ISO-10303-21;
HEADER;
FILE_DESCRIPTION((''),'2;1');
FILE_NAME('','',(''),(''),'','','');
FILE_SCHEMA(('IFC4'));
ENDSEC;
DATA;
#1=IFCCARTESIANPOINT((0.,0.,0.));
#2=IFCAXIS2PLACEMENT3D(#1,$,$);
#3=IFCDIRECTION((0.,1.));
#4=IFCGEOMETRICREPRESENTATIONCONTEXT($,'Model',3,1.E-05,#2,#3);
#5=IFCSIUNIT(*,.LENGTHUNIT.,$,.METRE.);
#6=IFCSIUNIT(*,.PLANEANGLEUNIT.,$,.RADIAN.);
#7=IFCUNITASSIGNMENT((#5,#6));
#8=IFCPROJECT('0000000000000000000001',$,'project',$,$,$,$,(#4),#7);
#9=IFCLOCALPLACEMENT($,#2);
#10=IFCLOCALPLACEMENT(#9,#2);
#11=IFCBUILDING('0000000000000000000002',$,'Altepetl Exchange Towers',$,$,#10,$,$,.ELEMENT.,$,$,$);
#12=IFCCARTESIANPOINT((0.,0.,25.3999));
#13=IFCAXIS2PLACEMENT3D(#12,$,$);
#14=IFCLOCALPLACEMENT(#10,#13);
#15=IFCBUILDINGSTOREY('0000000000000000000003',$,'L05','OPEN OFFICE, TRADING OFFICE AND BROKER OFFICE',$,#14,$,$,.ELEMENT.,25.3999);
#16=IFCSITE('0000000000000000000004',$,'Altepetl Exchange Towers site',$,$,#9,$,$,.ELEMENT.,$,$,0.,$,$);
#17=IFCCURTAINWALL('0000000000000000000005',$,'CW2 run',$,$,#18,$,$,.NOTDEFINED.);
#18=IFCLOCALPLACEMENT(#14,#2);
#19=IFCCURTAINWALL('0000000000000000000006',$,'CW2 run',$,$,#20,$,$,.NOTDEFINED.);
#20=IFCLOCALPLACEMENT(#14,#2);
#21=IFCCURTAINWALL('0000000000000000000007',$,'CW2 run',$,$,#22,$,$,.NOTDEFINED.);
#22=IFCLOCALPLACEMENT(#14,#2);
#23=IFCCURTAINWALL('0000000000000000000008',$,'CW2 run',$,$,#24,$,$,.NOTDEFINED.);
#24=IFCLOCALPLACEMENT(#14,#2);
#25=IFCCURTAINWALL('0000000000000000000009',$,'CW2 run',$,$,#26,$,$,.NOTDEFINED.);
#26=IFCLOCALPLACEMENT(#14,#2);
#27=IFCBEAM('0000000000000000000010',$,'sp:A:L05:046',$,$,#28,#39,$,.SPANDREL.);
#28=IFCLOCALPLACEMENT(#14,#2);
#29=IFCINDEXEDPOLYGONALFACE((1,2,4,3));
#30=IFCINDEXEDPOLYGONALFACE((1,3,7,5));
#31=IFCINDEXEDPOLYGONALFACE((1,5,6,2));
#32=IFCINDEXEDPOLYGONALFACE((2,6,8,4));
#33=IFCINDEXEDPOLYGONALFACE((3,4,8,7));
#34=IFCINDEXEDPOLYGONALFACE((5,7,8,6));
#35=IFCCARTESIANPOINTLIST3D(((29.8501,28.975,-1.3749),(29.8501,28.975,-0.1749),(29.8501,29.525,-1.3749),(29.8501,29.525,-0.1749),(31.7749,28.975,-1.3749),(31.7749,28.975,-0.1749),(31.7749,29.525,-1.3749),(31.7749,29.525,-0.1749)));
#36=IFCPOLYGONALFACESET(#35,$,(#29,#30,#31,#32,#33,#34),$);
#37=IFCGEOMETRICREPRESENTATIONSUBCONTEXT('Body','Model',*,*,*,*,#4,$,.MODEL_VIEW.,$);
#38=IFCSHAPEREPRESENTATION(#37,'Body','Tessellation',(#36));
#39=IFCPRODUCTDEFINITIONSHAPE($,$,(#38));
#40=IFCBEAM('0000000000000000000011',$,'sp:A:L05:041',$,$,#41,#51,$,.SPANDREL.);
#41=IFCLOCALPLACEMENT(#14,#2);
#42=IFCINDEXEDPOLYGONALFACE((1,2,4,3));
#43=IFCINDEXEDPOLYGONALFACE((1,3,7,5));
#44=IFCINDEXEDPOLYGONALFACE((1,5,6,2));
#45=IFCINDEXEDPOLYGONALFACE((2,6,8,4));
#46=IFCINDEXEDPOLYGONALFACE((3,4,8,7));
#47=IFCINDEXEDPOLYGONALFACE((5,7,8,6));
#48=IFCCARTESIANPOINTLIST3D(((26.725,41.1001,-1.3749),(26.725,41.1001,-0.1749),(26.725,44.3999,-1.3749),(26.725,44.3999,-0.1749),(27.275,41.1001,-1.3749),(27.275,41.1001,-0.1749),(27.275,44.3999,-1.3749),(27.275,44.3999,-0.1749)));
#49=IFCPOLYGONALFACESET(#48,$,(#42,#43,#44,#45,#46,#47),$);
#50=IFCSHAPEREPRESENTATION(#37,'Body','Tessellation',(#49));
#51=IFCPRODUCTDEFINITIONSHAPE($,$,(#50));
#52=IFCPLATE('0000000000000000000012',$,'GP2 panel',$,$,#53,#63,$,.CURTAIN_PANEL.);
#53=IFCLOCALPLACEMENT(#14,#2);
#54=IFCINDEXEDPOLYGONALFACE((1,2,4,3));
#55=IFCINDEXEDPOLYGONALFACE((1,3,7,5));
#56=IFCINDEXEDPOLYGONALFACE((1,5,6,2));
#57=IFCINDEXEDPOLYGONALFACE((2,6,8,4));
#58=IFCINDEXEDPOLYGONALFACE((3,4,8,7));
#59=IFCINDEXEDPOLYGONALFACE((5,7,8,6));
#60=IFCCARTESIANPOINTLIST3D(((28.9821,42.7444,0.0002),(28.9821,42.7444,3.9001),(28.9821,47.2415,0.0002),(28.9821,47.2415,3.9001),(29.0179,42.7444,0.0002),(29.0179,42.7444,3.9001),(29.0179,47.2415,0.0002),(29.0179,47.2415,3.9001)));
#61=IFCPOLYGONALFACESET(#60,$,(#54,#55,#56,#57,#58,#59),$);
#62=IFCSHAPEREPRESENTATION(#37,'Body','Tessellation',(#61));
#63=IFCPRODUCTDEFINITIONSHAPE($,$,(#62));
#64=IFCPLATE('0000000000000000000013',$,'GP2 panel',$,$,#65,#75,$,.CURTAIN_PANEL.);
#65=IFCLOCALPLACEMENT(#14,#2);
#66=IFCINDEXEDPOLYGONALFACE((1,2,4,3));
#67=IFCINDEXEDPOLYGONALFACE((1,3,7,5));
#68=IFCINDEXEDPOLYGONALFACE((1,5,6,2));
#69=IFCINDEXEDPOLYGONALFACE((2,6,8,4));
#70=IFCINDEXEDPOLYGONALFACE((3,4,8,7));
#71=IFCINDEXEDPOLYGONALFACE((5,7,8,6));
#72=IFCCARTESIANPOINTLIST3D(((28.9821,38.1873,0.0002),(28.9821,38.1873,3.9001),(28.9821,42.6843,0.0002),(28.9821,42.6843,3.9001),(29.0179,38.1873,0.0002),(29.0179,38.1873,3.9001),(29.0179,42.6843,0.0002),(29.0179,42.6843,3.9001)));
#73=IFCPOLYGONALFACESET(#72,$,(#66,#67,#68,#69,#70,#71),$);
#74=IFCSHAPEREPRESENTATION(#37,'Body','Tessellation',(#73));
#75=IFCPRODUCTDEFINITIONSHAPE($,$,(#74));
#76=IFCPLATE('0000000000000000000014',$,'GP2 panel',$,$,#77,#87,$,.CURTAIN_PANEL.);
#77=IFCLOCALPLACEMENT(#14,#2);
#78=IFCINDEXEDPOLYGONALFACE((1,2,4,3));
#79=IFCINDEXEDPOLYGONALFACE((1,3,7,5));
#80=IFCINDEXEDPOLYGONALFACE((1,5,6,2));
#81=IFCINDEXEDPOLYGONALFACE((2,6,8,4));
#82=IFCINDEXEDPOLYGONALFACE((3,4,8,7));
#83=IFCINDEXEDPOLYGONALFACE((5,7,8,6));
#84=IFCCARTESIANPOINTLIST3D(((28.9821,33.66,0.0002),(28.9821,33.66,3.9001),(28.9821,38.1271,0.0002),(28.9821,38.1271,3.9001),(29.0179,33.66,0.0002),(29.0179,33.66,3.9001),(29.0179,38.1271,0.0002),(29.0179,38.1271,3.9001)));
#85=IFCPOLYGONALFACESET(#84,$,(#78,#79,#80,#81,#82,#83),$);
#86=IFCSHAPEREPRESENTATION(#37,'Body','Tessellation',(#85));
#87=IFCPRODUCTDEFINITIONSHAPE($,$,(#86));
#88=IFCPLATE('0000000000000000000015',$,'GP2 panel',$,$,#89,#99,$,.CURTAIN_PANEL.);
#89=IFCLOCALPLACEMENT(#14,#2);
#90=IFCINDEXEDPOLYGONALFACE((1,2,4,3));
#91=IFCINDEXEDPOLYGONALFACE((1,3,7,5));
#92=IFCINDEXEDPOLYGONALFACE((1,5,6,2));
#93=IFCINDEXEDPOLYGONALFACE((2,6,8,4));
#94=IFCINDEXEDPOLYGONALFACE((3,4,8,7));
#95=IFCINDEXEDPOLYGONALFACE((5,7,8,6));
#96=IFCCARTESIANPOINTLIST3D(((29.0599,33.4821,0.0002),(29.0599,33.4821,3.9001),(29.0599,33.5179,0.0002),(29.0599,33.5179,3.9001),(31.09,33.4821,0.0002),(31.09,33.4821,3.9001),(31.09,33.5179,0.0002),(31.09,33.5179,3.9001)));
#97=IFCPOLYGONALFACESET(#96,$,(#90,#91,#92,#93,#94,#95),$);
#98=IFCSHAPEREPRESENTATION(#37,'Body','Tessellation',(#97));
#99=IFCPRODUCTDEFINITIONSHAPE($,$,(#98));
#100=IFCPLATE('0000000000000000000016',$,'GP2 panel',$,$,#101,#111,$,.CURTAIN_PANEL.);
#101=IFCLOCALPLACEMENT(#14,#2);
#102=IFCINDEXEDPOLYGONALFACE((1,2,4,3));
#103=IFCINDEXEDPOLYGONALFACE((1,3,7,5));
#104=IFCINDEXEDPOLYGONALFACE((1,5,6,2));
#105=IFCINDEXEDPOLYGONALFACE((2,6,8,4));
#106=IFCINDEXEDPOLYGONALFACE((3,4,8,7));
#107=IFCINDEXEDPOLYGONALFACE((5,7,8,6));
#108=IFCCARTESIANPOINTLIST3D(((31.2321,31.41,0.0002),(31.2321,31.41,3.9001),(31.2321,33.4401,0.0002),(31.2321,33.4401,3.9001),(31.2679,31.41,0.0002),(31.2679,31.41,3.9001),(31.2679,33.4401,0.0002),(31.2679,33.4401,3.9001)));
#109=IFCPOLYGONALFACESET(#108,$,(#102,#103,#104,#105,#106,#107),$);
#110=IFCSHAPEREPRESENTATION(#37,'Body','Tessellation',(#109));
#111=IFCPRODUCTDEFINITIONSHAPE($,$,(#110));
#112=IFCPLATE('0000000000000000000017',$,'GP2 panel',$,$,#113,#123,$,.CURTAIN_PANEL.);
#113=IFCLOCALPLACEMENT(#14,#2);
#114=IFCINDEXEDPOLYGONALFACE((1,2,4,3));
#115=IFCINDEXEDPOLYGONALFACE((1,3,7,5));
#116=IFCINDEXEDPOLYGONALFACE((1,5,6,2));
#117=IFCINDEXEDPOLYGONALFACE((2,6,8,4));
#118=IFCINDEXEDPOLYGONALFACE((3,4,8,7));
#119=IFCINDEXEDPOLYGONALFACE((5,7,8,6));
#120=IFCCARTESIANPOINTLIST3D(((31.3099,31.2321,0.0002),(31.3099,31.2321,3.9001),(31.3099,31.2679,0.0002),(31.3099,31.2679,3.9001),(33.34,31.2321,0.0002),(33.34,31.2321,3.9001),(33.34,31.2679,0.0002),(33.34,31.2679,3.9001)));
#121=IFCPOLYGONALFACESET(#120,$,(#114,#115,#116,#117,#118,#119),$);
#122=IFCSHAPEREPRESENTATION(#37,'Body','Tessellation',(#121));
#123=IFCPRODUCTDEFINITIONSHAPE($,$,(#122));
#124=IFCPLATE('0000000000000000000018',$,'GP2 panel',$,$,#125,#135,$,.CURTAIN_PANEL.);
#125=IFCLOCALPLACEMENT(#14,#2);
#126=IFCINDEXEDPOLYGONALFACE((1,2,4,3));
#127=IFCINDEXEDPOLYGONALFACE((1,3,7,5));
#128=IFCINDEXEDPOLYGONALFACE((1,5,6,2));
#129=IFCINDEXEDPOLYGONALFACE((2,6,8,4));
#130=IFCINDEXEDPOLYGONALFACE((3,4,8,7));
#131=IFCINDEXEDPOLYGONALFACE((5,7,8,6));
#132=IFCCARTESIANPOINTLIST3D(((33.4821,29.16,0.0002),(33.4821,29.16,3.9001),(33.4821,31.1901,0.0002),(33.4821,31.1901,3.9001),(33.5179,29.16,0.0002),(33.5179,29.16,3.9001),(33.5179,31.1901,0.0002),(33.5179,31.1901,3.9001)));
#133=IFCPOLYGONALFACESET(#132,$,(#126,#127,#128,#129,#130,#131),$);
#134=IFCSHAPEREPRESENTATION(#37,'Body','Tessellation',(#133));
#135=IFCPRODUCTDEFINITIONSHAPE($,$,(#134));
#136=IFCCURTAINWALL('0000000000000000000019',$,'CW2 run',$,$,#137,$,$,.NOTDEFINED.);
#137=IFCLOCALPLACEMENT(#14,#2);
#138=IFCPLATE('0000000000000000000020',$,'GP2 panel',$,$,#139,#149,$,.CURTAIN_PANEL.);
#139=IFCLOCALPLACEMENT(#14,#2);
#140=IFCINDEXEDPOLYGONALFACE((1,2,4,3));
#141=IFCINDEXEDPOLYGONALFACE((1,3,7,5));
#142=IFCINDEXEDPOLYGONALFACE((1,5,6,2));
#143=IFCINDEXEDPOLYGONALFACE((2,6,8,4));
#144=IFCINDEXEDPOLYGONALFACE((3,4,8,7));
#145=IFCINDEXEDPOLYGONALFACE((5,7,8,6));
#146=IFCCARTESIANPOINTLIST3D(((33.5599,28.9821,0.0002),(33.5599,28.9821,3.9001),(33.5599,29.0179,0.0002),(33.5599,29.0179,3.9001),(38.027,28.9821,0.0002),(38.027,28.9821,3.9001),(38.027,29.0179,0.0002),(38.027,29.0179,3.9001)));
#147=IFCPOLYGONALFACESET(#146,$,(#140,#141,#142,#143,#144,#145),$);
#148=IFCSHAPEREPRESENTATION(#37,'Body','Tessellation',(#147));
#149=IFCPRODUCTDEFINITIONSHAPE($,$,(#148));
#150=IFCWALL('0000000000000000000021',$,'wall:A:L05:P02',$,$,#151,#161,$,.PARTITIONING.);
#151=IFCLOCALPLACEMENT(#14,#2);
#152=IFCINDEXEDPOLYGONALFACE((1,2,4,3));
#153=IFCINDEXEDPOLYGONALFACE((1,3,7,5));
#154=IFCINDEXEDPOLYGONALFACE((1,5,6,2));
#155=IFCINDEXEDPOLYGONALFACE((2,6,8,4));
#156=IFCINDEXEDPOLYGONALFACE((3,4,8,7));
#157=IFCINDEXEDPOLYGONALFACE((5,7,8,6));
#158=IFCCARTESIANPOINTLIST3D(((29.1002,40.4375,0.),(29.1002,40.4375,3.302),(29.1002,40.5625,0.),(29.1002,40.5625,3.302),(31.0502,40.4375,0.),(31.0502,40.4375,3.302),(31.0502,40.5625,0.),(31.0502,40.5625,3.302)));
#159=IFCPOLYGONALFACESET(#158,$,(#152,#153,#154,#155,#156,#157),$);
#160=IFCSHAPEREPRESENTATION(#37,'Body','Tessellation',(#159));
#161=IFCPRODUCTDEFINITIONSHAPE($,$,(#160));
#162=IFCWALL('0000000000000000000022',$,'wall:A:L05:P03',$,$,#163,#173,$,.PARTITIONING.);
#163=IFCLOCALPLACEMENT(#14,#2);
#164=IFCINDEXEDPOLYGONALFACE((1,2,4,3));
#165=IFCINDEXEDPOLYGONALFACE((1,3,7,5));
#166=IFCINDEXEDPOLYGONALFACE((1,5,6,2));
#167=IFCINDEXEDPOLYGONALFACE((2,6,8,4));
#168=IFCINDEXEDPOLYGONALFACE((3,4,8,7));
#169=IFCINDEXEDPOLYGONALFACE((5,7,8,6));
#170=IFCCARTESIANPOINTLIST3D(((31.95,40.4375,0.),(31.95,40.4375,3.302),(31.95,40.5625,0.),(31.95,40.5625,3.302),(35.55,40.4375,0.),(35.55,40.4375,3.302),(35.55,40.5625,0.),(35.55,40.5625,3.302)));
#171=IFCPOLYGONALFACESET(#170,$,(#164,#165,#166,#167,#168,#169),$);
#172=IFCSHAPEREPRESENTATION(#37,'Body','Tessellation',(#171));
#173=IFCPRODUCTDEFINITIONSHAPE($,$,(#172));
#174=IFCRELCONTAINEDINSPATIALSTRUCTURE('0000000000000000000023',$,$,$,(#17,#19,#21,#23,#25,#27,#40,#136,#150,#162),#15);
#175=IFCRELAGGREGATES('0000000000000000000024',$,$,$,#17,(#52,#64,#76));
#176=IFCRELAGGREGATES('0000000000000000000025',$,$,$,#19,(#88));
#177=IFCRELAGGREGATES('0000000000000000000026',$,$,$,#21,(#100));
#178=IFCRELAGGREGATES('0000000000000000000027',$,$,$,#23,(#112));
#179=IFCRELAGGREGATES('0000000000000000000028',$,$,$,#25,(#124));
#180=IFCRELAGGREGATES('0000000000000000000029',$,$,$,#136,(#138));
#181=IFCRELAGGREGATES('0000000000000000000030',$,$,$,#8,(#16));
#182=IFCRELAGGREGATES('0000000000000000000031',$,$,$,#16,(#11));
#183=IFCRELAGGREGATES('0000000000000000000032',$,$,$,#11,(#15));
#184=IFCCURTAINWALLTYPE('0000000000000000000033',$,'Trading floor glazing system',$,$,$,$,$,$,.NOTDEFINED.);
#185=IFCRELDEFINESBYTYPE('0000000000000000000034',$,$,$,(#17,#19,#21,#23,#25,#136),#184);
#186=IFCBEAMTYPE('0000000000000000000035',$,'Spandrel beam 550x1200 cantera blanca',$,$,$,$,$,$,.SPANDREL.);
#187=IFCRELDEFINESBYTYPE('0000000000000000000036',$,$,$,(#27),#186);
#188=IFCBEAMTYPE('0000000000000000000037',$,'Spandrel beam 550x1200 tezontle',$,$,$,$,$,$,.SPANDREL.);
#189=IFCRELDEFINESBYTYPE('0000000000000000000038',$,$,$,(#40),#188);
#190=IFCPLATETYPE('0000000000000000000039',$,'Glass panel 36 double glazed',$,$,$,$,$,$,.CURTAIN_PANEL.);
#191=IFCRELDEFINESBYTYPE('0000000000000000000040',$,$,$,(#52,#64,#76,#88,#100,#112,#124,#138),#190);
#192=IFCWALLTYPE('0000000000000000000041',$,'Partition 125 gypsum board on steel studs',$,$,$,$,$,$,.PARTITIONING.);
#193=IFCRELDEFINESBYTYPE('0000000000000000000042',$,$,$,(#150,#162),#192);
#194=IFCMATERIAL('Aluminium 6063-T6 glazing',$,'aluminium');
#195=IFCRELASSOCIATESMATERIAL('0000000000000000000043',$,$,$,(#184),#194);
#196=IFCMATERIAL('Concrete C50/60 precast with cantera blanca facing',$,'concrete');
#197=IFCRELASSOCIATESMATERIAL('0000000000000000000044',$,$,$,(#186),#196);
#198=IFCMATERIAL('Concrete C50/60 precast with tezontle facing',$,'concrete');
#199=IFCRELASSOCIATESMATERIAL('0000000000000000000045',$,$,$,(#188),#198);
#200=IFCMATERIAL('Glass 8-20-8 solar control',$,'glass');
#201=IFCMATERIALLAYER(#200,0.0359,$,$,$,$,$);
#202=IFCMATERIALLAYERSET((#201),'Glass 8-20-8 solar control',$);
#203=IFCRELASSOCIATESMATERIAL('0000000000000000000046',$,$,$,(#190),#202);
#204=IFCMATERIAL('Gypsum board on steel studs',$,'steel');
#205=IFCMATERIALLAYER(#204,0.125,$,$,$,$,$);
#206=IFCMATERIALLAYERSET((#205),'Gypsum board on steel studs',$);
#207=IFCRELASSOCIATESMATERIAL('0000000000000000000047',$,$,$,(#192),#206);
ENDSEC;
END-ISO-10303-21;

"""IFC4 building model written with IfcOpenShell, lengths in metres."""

from ifc_helpers import new_model, si_unit, direction, frame, frame_2d, origin, origin_2d, place, context, subcontext, project, spatial, rectangle, extrude, material, layer, layer_set, material_profile, profile_set, type_object, element, aggregate, save


model = new_model("IFC4")

# Units and contexts
model_context = context("Model", 3, precision=1e-05, world=origin(), true_north=direction((0.0, 1.0)))
body_context = subcontext(model_context, "Body", "Model", "MODEL_VIEW")
ifc_project = project(units=[si_unit("LENGTHUNIT", "METRE"), si_unit("PLANEANGLEUNIT", "RADIAN")], contexts=[model_context])

# Site, building, storey
site_placement = place(None, origin())
site = spatial("IfcSite", under=ifc_project, at=site_placement, Name="Altepetl Exchange Towers site", CompositionType="ELEMENT", RefElevation=0.0)
building_placement = place(site_placement, origin())
building = spatial("IfcBuilding", under=site, at=building_placement, Name="Altepetl Exchange Towers", CompositionType="ELEMENT")
storey_placement = place(building_placement, frame((0.0, 0.0, 25.3999)))
storey = spatial("IfcBuildingStorey", under=building, at=storey_placement, Name="L05", Description="OPEN OFFICE, TRADING OFFICE AND BROKER OFFICE", CompositionType="ELEMENT", Elevation=25.3999)

# Curtain walls
ifc_material_1 = material(Name="Aluminium 6063-T6 glazing", Category="aluminium")
curtain_wall_type = type_object("IfcCurtainWallType", Name="Trading floor glazing system", PredefinedType="NOTDEFINED", material=ifc_material_1)
curtain_wall_1_placement = place(storey_placement, origin())
curtain_wall_1 = element("IfcCurtainWall", 1, at=curtain_wall_1_placement, inside=storey, type_object=curtain_wall_type, Name="CW2 run", PredefinedType="NOTDEFINED")
curtain_wall_2_placement = place(storey_placement, origin())
curtain_wall_2 = element("IfcCurtainWall", 2, at=curtain_wall_2_placement, inside=storey, type_object=curtain_wall_type, Name="CW2 run", PredefinedType="NOTDEFINED")
curtain_wall_3_placement = place(storey_placement, origin())
curtain_wall_3 = element("IfcCurtainWall", 3, at=curtain_wall_3_placement, inside=storey, type_object=curtain_wall_type, Name="CW2 run", PredefinedType="NOTDEFINED")
curtain_wall_4_placement = place(storey_placement, origin())
curtain_wall_4 = element("IfcCurtainWall", 4, at=curtain_wall_4_placement, inside=storey, type_object=curtain_wall_type, Name="CW2 run", PredefinedType="NOTDEFINED")
curtain_wall_5_placement = place(storey_placement, origin())
curtain_wall_5 = element("IfcCurtainWall", 5, at=curtain_wall_5_placement, inside=storey, type_object=curtain_wall_type, Name="CW2 run", PredefinedType="NOTDEFINED")

# Beams
ifc_material_2 = material(Name="Concrete C50/60 precast with cantera blanca facing", Category="concrete")
ifc_material_profile_1 = material_profile(ifc_material_2, rectangle(XDim=0.55, YDim=1.2, at=origin_2d()), Name="550 x 1200")
ifc_profile_set_1 = profile_set([ifc_material_profile_1], Name="Concrete C50/60 precast with cantera blanca facing")
beam_type_1 = type_object("IfcBeamType", Name="Spandrel beam 550x1200 cantera blanca", PredefinedType="SPANDREL", material=ifc_profile_set_1)
beam_1_placement = place(storey_placement, frame((29.8501, 29.25, -0.7749), z_axis=(1.0, 0.0, 0.0), x_axis=(0.0, 1.0, 0.0)))
element("IfcBeam", 6, at=beam_1_placement, inside=storey, type_object=beam_type_1, Name="sp:A:L05:046", PredefinedType="SPANDREL", context=body_context, shape_type="SweptSolid", body=[
    extrude(rectangle(XDim=0.55, YDim=1.2, at=origin_2d()), origin(), (0.0, 0.0, 1.0), 1.9248),
])
ifc_material_3 = material(Name="Concrete C50/60 precast with tezontle facing", Category="concrete")
ifc_material_profile_2 = material_profile(ifc_material_3, rectangle(XDim=0.55, YDim=1.2, at=origin_2d()), Name="550 x 1200")
ifc_profile_set_2 = profile_set([ifc_material_profile_2], Name="Concrete C50/60 precast with tezontle facing")
beam_type_2 = type_object("IfcBeamType", Name="Spandrel beam 550x1200 tezontle", PredefinedType="SPANDREL", material=ifc_profile_set_2)
beam_2_placement = place(storey_placement, frame((27.0, 44.3999, -0.7749), z_axis=(0.0, -1.0, 0.0), x_axis=(1.0, 0.0, 0.0)))
element("IfcBeam", 7, at=beam_2_placement, inside=storey, type_object=beam_type_2, Name="sp:A:L05:041", PredefinedType="SPANDREL", context=body_context, shape_type="SweptSolid", body=[
    extrude(rectangle(XDim=0.55, YDim=1.2, at=origin_2d()), origin(), (0.0, 0.0, 1.0), 3.2998),
])

# Plates
ifc_material_4 = material(Name="Glass 8-20-8 solar control", Category="glass")
ifc_layer_1 = layer(ifc_material_4, 0.0359)
ifc_layer_set_1 = layer_set([ifc_layer_1], Name="Glass 8-20-8 solar control")
plate_type = type_object("IfcPlateType", Name="Glass panel 36 double glazed", PredefinedType="CURTAIN_PANEL", material=ifc_layer_set_1)
plate_1_placement = place(storey_placement, frame((29.0, 44.9929, 0.0002), z_axis=(0.0, 0.0, 1.0), x_axis=(0.0, -1.0, 0.0)))
plate_1 = element("IfcPlate", 8, at=plate_1_placement, type_object=plate_type, Name="GP2 panel", PredefinedType="CURTAIN_PANEL", context=body_context, shape_type="SweptSolid", body=[
    extrude(rectangle(XDim=4.4971, YDim=0.0359, at=origin_2d()), origin(), (0.0, 0.0, 1.0), 3.8999),
])
plate_2_placement = place(storey_placement, frame((29.0, 40.4358, 0.0002), z_axis=(0.0, 0.0, 1.0), x_axis=(0.0, -1.0, 0.0)))
plate_2 = element("IfcPlate", 9, at=plate_2_placement, type_object=plate_type, Name="GP2 panel", PredefinedType="CURTAIN_PANEL", context=body_context, shape_type="SweptSolid", body=[
    extrude(rectangle(XDim=4.4971, YDim=0.0359, at=origin_2d()), origin(), (0.0, 0.0, 1.0), 3.8999),
])
plate_3_placement = place(storey_placement, frame((29.0, 35.8936, 0.0002), z_axis=(0.0, 0.0, 1.0), x_axis=(0.0, -1.0, 0.0)))
plate_3 = element("IfcPlate", 10, at=plate_3_placement, type_object=plate_type, Name="GP2 panel", PredefinedType="CURTAIN_PANEL", context=body_context, shape_type="SweptSolid", body=[
    extrude(rectangle(XDim=4.467, YDim=0.0359, at=origin_2d()), origin(), (0.0, 0.0, 1.0), 3.8999),
])
aggregate(curtain_wall_1, [plate_1, plate_2, plate_3])
plate_4_placement = place(storey_placement, frame((30.075, 33.5, 0.0002)))
plate_4 = element("IfcPlate", 11, at=plate_4_placement, type_object=plate_type, Name="GP2 panel", PredefinedType="CURTAIN_PANEL", context=body_context, shape_type="SweptSolid", body=[
    extrude(rectangle(XDim=2.03, YDim=0.0359, at=origin_2d()), origin(), (0.0, 0.0, 1.0), 3.8999),
])
aggregate(curtain_wall_2, [plate_4])
plate_5_placement = place(storey_placement, frame((31.25, 32.425, 0.0002), z_axis=(0.0, 0.0, 1.0), x_axis=(0.0, -1.0, 0.0)))
plate_5 = element("IfcPlate", 12, at=plate_5_placement, type_object=plate_type, Name="GP2 panel", PredefinedType="CURTAIN_PANEL", context=body_context, shape_type="SweptSolid", body=[
    extrude(rectangle(XDim=2.03, YDim=0.0359, at=origin_2d()), origin(), (0.0, 0.0, 1.0), 3.8999),
])
aggregate(curtain_wall_3, [plate_5])
plate_6_placement = place(storey_placement, frame((32.325, 31.25, 0.0002)))
plate_6 = element("IfcPlate", 13, at=plate_6_placement, type_object=plate_type, Name="GP2 panel", PredefinedType="CURTAIN_PANEL", context=body_context, shape_type="SweptSolid", body=[
    extrude(rectangle(XDim=2.03, YDim=0.0359, at=origin_2d()), origin(), (0.0, 0.0, 1.0), 3.8999),
])
aggregate(curtain_wall_4, [plate_6])
plate_7_placement = place(storey_placement, frame((33.5, 30.175, 0.0002), z_axis=(0.0, 0.0, 1.0), x_axis=(0.0, -1.0, 0.0)))
plate_7 = element("IfcPlate", 14, at=plate_7_placement, type_object=plate_type, Name="GP2 panel", PredefinedType="CURTAIN_PANEL", context=body_context, shape_type="SweptSolid", body=[
    extrude(rectangle(XDim=2.03, YDim=0.0359, at=origin_2d()), origin(), (0.0, 0.0, 1.0), 3.8999),
])
aggregate(curtain_wall_5, [plate_7])

# Curtain wall, plate
curtain_wall_6_placement = place(storey_placement, origin())
curtain_wall_6 = element("IfcCurtainWall", 15, at=curtain_wall_6_placement, inside=storey, type_object=curtain_wall_type, Name="CW2 run", PredefinedType="NOTDEFINED")
plate_8_placement = place(storey_placement, frame((35.7935, 29.0, 0.0002)))
plate_8 = element("IfcPlate", 16, at=plate_8_placement, type_object=plate_type, Name="GP2 panel", PredefinedType="CURTAIN_PANEL", context=body_context, shape_type="SweptSolid", body=[
    extrude(rectangle(XDim=4.467, YDim=0.0359, at=origin_2d()), origin(), (0.0, 0.0, 1.0), 3.8999),
])
aggregate(curtain_wall_6, [plate_8])

# Walls
ifc_material_5 = material(Name="Gypsum board on steel studs", Category="steel")
ifc_layer_2 = layer(ifc_material_5, 0.125)
ifc_layer_set_2 = layer_set([ifc_layer_2], Name="Gypsum board on steel studs")
wall_type = type_object("IfcWallType", Name="Partition 125 gypsum board on steel studs", PredefinedType="PARTITIONING", material=ifc_layer_set_2)
wall_1_placement = place(storey_placement, frame((29.1001, 40.5, 0.0)))
element("IfcWall", 17, at=wall_1_placement, inside=storey, type_object=wall_type, Name="wall:A:L05:P02", PredefinedType="PARTITIONING", context=body_context, shape_type="SweptSolid", body=[
    extrude(rectangle(XDim=1.95, YDim=0.125, at=frame_2d((0.9751, 0.0))), origin(), (0.0, 0.0, 1.0), 3.302),
])
wall_2_placement = place(storey_placement, frame((31.95, 40.5, 0.0)))
element("IfcWall", 18, at=wall_2_placement, inside=storey, type_object=wall_type, Name="wall:A:L05:P03", PredefinedType="PARTITIONING", context=body_context, shape_type="SweptSolid", body=[
    extrude(rectangle(XDim=3.6001, YDim=0.125, at=frame_2d((1.8, 0.0))), origin(), (0.0, 0.0, 1.0), 3.302),
])

save(model, "model.ifc")
